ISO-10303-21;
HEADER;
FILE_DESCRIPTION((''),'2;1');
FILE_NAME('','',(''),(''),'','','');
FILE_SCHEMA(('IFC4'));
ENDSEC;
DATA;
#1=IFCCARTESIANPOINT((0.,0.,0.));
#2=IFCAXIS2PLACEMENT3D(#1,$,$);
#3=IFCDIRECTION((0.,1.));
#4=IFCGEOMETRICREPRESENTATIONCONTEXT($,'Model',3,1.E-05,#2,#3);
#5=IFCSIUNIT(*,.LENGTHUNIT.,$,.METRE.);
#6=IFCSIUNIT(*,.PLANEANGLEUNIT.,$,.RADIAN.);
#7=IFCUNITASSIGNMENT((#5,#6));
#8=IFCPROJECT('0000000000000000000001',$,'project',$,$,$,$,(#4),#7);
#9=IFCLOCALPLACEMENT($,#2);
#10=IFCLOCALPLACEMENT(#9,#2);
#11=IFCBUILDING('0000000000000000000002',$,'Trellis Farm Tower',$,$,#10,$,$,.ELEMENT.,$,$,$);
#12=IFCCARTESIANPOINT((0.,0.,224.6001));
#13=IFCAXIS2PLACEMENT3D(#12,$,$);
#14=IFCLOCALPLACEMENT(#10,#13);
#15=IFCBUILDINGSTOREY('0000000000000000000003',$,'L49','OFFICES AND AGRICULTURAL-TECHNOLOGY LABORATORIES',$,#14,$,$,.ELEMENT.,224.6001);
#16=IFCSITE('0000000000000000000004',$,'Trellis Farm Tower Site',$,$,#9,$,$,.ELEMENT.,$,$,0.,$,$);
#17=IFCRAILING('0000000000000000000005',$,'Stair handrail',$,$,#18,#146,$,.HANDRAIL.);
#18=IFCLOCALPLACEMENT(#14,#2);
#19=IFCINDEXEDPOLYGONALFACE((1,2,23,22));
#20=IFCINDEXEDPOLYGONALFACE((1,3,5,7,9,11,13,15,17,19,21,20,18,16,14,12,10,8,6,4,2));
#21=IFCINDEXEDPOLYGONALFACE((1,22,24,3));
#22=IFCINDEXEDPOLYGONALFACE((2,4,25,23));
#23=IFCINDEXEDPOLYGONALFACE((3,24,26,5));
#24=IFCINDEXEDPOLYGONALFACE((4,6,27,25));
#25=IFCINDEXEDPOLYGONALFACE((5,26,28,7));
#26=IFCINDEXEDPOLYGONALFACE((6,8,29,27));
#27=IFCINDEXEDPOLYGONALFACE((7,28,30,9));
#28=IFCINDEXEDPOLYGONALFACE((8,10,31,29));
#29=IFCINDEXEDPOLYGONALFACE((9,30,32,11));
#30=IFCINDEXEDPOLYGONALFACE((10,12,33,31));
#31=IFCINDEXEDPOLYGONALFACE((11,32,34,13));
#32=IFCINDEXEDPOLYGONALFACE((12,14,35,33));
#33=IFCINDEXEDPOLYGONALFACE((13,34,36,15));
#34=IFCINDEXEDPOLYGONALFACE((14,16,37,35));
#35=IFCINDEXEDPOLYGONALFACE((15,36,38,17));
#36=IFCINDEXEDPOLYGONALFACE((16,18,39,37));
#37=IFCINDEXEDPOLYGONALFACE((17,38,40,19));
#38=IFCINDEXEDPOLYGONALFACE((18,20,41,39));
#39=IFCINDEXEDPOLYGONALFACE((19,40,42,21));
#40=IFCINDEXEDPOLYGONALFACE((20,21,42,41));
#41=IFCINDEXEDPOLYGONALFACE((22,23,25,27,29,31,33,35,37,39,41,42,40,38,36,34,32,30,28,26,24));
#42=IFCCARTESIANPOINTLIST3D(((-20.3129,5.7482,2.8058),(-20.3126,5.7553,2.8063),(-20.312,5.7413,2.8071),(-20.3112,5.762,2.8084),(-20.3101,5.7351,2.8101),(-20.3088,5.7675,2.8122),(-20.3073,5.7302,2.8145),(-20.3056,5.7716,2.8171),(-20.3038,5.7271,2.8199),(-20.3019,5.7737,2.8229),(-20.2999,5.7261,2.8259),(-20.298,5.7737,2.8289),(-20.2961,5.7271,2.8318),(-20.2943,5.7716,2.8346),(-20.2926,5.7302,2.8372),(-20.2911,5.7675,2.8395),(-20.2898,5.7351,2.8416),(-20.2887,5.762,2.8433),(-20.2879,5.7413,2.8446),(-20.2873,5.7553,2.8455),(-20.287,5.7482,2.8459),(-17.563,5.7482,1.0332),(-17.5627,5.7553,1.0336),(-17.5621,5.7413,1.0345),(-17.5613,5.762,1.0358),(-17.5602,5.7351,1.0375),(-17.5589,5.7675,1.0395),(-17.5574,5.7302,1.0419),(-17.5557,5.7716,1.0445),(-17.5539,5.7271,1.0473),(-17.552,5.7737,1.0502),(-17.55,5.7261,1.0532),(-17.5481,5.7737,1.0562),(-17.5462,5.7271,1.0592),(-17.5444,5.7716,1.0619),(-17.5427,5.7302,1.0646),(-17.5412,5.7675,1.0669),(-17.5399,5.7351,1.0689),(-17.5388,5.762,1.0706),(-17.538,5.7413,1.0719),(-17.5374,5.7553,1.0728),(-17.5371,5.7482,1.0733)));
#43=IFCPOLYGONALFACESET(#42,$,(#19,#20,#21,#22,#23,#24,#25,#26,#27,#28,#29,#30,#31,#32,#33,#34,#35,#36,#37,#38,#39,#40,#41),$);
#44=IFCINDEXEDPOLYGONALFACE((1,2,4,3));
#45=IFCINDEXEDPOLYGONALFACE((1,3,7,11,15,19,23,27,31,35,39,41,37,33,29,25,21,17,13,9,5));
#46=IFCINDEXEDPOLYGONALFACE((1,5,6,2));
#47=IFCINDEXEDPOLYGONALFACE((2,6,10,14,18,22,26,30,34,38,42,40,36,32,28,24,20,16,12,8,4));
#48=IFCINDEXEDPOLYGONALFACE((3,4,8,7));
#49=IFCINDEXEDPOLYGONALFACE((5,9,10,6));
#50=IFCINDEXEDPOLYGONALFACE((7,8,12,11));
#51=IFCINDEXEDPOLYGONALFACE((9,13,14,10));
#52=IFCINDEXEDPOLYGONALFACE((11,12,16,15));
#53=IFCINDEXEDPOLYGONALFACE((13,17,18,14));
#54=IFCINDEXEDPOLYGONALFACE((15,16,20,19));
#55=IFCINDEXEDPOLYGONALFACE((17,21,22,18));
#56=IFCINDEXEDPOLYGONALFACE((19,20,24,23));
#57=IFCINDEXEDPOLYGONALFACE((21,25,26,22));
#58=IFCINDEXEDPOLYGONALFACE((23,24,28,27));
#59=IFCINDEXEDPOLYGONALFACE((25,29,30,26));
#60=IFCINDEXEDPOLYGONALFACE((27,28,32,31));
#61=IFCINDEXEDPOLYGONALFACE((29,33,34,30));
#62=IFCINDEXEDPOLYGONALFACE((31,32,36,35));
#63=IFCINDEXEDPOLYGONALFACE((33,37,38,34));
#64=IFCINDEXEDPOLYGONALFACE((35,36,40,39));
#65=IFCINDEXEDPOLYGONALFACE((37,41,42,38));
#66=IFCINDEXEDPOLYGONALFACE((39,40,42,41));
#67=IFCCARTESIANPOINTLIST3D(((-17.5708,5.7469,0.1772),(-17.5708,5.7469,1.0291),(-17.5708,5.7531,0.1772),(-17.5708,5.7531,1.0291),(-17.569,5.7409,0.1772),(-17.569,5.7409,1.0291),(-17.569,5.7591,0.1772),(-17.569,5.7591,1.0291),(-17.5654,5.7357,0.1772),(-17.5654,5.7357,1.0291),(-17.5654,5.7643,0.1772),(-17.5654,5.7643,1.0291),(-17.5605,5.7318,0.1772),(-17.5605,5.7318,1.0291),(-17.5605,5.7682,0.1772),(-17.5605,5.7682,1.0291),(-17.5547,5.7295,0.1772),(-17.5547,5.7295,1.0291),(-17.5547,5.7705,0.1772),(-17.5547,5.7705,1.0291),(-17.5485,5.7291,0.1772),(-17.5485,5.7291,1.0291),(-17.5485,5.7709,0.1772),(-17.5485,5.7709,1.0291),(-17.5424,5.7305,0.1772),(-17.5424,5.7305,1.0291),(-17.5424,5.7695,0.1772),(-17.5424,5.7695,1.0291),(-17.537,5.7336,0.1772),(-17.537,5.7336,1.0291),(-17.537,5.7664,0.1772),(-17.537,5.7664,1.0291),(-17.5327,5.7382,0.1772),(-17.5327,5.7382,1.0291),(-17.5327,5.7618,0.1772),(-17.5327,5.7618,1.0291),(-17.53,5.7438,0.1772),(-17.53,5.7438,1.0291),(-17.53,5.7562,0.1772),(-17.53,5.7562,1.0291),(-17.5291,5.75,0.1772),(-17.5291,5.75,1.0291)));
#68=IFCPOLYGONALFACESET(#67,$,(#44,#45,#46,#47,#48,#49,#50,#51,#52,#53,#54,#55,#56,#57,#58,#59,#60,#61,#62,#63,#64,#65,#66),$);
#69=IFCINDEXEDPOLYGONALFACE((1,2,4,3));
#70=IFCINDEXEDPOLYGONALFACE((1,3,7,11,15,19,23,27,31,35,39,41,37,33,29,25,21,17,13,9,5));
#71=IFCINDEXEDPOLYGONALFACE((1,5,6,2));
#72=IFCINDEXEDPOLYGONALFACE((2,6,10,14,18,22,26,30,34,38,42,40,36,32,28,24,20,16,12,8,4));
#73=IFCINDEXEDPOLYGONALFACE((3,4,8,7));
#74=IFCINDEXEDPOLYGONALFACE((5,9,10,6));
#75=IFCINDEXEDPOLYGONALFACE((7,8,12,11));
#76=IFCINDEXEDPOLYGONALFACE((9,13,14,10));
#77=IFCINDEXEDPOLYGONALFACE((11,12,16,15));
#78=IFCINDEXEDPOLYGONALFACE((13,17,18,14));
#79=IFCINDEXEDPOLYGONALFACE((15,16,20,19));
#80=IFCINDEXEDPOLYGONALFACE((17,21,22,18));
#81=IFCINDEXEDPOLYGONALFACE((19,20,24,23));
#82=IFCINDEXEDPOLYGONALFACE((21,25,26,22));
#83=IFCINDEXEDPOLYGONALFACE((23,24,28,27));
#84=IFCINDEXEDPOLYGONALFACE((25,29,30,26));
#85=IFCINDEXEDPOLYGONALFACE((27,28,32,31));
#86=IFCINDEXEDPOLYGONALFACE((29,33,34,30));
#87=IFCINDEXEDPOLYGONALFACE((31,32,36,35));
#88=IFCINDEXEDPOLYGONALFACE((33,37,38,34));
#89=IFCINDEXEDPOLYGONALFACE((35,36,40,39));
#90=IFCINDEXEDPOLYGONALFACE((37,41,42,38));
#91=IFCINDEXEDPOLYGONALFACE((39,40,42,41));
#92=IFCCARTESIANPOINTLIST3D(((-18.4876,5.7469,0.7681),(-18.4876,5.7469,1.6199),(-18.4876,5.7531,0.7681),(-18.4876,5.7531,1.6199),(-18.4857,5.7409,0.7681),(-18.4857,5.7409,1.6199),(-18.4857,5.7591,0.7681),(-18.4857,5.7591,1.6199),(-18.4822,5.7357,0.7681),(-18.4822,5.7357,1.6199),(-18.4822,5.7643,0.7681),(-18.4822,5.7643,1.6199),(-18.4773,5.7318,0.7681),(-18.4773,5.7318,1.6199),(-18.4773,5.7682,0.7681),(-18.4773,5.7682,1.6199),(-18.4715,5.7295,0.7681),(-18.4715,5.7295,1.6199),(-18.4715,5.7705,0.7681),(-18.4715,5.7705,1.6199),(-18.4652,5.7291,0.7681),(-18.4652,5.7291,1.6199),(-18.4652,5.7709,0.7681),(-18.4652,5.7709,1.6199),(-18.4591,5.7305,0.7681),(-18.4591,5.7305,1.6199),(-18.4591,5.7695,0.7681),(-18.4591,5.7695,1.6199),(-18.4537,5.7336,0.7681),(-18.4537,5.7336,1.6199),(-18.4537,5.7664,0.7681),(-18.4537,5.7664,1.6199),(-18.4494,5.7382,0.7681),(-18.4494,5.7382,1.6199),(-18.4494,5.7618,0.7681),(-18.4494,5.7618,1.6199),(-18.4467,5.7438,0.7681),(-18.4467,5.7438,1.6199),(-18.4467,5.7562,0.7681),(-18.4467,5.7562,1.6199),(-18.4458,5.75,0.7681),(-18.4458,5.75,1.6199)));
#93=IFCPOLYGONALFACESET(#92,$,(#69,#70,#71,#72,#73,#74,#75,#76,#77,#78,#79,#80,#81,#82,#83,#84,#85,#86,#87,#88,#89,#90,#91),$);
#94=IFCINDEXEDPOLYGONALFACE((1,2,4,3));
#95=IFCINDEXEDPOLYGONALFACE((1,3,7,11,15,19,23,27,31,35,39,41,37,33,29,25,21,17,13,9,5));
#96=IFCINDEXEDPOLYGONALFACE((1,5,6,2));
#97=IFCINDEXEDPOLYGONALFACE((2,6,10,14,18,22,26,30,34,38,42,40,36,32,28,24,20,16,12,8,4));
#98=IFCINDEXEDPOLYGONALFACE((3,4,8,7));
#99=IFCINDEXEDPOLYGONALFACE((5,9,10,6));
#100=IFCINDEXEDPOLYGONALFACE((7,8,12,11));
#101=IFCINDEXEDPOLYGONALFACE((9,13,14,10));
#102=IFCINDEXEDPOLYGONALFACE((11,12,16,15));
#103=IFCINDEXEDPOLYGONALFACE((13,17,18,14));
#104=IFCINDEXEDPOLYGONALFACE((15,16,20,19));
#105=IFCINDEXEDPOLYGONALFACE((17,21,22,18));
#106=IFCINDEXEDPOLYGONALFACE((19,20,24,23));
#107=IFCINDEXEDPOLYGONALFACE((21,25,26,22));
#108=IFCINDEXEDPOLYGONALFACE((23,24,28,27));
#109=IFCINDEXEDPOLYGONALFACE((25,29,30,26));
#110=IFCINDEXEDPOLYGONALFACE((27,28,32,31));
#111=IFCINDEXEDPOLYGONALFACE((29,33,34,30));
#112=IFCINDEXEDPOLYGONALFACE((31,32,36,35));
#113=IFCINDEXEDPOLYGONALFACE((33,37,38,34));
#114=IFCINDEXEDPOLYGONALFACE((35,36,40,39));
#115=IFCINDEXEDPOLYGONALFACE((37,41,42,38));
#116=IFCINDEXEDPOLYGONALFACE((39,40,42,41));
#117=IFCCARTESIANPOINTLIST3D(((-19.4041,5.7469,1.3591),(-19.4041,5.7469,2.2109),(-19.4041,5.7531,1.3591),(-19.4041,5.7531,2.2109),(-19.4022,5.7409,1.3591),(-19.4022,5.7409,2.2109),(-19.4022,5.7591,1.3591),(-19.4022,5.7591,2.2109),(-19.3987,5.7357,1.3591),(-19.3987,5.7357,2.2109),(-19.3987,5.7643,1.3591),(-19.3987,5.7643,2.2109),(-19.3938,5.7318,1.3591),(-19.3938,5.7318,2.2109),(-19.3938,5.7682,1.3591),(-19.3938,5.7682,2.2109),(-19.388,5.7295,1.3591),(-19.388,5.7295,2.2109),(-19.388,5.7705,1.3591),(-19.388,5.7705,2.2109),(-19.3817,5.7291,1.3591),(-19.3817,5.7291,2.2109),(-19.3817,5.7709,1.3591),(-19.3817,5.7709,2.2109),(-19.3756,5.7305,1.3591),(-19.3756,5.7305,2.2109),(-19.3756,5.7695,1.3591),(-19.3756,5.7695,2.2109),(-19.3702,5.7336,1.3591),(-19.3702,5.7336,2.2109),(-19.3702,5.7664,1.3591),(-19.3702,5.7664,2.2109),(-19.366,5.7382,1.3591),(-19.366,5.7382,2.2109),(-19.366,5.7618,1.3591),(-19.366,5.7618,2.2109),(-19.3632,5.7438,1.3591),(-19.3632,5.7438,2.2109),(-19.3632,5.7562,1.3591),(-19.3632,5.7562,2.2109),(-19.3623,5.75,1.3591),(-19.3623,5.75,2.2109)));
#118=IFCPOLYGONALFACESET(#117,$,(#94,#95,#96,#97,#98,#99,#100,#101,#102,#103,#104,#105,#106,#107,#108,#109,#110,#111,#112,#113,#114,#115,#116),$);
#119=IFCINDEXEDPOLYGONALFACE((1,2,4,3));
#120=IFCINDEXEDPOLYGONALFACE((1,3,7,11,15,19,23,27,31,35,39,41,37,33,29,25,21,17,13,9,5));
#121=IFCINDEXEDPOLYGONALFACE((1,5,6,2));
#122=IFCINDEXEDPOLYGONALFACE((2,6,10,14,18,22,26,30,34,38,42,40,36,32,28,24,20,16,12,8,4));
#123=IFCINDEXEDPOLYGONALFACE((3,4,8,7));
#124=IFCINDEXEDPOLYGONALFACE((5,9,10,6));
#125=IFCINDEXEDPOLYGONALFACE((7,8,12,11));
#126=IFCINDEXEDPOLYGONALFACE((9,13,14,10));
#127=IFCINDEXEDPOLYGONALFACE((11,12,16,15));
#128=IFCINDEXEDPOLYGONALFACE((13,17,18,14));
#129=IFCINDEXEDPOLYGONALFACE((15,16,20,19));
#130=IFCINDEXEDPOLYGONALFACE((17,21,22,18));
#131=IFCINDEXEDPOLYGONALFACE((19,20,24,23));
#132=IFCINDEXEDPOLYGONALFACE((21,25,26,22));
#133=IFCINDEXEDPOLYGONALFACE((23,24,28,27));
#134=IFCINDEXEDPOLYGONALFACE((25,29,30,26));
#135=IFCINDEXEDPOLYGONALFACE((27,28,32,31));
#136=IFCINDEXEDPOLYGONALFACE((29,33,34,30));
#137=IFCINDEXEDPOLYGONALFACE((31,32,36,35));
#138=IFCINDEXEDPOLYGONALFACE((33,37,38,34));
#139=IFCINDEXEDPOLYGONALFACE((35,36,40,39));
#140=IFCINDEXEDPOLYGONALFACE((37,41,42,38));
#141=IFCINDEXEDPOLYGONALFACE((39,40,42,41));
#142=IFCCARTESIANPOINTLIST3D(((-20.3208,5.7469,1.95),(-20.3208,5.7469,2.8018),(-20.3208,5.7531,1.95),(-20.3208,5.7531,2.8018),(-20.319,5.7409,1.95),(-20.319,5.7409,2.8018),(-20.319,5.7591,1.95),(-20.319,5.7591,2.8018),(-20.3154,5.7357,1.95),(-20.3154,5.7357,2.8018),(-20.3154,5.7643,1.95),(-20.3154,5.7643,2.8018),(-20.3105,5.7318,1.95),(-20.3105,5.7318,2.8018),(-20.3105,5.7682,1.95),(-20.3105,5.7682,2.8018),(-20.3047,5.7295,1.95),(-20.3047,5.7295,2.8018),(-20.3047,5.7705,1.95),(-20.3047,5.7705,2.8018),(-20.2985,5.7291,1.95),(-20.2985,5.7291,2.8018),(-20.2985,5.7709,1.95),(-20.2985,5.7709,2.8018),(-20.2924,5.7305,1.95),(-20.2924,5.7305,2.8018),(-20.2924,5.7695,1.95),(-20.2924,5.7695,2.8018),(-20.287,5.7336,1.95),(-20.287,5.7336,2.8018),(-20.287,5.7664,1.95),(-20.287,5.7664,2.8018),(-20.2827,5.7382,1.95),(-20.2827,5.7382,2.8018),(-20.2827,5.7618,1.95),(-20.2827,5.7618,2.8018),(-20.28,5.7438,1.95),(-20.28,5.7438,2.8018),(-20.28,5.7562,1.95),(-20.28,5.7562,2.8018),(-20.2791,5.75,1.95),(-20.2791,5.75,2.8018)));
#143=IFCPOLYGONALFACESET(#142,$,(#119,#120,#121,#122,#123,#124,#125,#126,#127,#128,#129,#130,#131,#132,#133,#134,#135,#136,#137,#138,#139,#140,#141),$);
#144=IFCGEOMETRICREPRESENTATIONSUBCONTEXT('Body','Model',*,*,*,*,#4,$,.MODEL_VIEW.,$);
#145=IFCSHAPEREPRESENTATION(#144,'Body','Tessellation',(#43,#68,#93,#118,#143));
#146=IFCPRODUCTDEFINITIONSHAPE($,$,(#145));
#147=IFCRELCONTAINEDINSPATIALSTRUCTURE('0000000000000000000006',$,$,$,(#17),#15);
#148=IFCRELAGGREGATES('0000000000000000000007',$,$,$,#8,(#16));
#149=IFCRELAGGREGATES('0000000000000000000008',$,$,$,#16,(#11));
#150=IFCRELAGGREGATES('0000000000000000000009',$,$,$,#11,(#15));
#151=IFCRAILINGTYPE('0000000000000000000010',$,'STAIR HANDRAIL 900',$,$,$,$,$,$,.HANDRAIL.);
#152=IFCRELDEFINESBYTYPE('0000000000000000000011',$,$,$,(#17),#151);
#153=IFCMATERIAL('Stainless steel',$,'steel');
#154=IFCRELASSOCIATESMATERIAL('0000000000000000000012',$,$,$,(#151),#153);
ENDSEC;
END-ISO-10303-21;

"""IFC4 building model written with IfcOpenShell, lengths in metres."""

from ifc_helpers import new_model, si_unit, direction, frame, origin, origin_2d, place, context, subcontext, project, spatial, circle, extrude, source, transform, mapped, material, type_object, element, save


model = new_model("IFC4")

# Units and contexts
model_context = context("Model", 3, precision=1e-05, world=origin(), true_north=direction((0.0, 1.0)))
body_context = subcontext(model_context, "Body", "Model", "MODEL_VIEW")
ifc_project = project(units=[si_unit("LENGTHUNIT", "METRE"), si_unit("PLANEANGLEUNIT", "RADIAN")], contexts=[model_context])

# Site, building, storey
site_placement = place(None, origin())
site = spatial("IfcSite", under=ifc_project, at=site_placement, Name="Trellis Farm Tower Site", CompositionType="ELEMENT", RefElevation=0.0)
building_placement = place(site_placement, origin())
building = spatial("IfcBuilding", under=site, at=building_placement, Name="Trellis Farm Tower", CompositionType="ELEMENT")
storey_placement = place(building_placement, frame((0.0, 0.0, 224.6001)))
storey = spatial("IfcBuildingStorey", under=building, at=storey_placement, Name="L49", Description="OFFICES AND AGRICULTURAL-TECHNOLOGY LABORATORIES", CompositionType="ELEMENT", Elevation=224.6001)

# Railing
ifc_material_1 = material(Name="Stainless steel", Category="steel")
railing_type = type_object("IfcRailingType", Name="STAIR HANDRAIL 900", PredefinedType="HANDRAIL", material=ifc_material_1)
shared_shape_1 = source(origin(), body_context, "Body", "SweptSolid", [
    extrude(circle(Radius=0.0239, at=origin_2d()), frame((0.0, 0.0, 0.876), z_axis=(-0.840504, 0.0, 0.541806), x_axis=(0.0, -1.0, 0.0)), (0.0, 0.0, 1.0), 3.2717),
    extrude(circle(Radius=0.021, at=origin_2d()), origin(), (0.0, 0.0, 1.0), 0.8518),
    extrude(circle(Radius=0.021, at=origin_2d()), frame((-0.9167, 0.0, 0.5908)), (0.0, 0.0, 1.0), 0.8518),
    extrude(circle(Radius=0.021, at=origin_2d()), frame((-1.8333, 0.0, 1.1819)), (0.0, 0.0, 1.0), 0.8518),
    extrude(circle(Radius=0.021, at=origin_2d()), frame((-2.75, 0.0, 1.7727)), (0.0, 0.0, 1.0), 0.8518),
])
for number, where, name in (
    (1, (-17.55, 5.75, 0.1772), "Stair handrail"),
):
    element("IfcRailing", number, at=place(storey_placement, frame(where)), inside=storey, type_object=railing_type, Name=name, PredefinedType="HANDRAIL", context=body_context, shape_type="MappedRepresentation", body=[
        mapped(shared_shape_1, transform((0.0, 0.0, 0.0))),
    ])

save(model, "model.ifc")
